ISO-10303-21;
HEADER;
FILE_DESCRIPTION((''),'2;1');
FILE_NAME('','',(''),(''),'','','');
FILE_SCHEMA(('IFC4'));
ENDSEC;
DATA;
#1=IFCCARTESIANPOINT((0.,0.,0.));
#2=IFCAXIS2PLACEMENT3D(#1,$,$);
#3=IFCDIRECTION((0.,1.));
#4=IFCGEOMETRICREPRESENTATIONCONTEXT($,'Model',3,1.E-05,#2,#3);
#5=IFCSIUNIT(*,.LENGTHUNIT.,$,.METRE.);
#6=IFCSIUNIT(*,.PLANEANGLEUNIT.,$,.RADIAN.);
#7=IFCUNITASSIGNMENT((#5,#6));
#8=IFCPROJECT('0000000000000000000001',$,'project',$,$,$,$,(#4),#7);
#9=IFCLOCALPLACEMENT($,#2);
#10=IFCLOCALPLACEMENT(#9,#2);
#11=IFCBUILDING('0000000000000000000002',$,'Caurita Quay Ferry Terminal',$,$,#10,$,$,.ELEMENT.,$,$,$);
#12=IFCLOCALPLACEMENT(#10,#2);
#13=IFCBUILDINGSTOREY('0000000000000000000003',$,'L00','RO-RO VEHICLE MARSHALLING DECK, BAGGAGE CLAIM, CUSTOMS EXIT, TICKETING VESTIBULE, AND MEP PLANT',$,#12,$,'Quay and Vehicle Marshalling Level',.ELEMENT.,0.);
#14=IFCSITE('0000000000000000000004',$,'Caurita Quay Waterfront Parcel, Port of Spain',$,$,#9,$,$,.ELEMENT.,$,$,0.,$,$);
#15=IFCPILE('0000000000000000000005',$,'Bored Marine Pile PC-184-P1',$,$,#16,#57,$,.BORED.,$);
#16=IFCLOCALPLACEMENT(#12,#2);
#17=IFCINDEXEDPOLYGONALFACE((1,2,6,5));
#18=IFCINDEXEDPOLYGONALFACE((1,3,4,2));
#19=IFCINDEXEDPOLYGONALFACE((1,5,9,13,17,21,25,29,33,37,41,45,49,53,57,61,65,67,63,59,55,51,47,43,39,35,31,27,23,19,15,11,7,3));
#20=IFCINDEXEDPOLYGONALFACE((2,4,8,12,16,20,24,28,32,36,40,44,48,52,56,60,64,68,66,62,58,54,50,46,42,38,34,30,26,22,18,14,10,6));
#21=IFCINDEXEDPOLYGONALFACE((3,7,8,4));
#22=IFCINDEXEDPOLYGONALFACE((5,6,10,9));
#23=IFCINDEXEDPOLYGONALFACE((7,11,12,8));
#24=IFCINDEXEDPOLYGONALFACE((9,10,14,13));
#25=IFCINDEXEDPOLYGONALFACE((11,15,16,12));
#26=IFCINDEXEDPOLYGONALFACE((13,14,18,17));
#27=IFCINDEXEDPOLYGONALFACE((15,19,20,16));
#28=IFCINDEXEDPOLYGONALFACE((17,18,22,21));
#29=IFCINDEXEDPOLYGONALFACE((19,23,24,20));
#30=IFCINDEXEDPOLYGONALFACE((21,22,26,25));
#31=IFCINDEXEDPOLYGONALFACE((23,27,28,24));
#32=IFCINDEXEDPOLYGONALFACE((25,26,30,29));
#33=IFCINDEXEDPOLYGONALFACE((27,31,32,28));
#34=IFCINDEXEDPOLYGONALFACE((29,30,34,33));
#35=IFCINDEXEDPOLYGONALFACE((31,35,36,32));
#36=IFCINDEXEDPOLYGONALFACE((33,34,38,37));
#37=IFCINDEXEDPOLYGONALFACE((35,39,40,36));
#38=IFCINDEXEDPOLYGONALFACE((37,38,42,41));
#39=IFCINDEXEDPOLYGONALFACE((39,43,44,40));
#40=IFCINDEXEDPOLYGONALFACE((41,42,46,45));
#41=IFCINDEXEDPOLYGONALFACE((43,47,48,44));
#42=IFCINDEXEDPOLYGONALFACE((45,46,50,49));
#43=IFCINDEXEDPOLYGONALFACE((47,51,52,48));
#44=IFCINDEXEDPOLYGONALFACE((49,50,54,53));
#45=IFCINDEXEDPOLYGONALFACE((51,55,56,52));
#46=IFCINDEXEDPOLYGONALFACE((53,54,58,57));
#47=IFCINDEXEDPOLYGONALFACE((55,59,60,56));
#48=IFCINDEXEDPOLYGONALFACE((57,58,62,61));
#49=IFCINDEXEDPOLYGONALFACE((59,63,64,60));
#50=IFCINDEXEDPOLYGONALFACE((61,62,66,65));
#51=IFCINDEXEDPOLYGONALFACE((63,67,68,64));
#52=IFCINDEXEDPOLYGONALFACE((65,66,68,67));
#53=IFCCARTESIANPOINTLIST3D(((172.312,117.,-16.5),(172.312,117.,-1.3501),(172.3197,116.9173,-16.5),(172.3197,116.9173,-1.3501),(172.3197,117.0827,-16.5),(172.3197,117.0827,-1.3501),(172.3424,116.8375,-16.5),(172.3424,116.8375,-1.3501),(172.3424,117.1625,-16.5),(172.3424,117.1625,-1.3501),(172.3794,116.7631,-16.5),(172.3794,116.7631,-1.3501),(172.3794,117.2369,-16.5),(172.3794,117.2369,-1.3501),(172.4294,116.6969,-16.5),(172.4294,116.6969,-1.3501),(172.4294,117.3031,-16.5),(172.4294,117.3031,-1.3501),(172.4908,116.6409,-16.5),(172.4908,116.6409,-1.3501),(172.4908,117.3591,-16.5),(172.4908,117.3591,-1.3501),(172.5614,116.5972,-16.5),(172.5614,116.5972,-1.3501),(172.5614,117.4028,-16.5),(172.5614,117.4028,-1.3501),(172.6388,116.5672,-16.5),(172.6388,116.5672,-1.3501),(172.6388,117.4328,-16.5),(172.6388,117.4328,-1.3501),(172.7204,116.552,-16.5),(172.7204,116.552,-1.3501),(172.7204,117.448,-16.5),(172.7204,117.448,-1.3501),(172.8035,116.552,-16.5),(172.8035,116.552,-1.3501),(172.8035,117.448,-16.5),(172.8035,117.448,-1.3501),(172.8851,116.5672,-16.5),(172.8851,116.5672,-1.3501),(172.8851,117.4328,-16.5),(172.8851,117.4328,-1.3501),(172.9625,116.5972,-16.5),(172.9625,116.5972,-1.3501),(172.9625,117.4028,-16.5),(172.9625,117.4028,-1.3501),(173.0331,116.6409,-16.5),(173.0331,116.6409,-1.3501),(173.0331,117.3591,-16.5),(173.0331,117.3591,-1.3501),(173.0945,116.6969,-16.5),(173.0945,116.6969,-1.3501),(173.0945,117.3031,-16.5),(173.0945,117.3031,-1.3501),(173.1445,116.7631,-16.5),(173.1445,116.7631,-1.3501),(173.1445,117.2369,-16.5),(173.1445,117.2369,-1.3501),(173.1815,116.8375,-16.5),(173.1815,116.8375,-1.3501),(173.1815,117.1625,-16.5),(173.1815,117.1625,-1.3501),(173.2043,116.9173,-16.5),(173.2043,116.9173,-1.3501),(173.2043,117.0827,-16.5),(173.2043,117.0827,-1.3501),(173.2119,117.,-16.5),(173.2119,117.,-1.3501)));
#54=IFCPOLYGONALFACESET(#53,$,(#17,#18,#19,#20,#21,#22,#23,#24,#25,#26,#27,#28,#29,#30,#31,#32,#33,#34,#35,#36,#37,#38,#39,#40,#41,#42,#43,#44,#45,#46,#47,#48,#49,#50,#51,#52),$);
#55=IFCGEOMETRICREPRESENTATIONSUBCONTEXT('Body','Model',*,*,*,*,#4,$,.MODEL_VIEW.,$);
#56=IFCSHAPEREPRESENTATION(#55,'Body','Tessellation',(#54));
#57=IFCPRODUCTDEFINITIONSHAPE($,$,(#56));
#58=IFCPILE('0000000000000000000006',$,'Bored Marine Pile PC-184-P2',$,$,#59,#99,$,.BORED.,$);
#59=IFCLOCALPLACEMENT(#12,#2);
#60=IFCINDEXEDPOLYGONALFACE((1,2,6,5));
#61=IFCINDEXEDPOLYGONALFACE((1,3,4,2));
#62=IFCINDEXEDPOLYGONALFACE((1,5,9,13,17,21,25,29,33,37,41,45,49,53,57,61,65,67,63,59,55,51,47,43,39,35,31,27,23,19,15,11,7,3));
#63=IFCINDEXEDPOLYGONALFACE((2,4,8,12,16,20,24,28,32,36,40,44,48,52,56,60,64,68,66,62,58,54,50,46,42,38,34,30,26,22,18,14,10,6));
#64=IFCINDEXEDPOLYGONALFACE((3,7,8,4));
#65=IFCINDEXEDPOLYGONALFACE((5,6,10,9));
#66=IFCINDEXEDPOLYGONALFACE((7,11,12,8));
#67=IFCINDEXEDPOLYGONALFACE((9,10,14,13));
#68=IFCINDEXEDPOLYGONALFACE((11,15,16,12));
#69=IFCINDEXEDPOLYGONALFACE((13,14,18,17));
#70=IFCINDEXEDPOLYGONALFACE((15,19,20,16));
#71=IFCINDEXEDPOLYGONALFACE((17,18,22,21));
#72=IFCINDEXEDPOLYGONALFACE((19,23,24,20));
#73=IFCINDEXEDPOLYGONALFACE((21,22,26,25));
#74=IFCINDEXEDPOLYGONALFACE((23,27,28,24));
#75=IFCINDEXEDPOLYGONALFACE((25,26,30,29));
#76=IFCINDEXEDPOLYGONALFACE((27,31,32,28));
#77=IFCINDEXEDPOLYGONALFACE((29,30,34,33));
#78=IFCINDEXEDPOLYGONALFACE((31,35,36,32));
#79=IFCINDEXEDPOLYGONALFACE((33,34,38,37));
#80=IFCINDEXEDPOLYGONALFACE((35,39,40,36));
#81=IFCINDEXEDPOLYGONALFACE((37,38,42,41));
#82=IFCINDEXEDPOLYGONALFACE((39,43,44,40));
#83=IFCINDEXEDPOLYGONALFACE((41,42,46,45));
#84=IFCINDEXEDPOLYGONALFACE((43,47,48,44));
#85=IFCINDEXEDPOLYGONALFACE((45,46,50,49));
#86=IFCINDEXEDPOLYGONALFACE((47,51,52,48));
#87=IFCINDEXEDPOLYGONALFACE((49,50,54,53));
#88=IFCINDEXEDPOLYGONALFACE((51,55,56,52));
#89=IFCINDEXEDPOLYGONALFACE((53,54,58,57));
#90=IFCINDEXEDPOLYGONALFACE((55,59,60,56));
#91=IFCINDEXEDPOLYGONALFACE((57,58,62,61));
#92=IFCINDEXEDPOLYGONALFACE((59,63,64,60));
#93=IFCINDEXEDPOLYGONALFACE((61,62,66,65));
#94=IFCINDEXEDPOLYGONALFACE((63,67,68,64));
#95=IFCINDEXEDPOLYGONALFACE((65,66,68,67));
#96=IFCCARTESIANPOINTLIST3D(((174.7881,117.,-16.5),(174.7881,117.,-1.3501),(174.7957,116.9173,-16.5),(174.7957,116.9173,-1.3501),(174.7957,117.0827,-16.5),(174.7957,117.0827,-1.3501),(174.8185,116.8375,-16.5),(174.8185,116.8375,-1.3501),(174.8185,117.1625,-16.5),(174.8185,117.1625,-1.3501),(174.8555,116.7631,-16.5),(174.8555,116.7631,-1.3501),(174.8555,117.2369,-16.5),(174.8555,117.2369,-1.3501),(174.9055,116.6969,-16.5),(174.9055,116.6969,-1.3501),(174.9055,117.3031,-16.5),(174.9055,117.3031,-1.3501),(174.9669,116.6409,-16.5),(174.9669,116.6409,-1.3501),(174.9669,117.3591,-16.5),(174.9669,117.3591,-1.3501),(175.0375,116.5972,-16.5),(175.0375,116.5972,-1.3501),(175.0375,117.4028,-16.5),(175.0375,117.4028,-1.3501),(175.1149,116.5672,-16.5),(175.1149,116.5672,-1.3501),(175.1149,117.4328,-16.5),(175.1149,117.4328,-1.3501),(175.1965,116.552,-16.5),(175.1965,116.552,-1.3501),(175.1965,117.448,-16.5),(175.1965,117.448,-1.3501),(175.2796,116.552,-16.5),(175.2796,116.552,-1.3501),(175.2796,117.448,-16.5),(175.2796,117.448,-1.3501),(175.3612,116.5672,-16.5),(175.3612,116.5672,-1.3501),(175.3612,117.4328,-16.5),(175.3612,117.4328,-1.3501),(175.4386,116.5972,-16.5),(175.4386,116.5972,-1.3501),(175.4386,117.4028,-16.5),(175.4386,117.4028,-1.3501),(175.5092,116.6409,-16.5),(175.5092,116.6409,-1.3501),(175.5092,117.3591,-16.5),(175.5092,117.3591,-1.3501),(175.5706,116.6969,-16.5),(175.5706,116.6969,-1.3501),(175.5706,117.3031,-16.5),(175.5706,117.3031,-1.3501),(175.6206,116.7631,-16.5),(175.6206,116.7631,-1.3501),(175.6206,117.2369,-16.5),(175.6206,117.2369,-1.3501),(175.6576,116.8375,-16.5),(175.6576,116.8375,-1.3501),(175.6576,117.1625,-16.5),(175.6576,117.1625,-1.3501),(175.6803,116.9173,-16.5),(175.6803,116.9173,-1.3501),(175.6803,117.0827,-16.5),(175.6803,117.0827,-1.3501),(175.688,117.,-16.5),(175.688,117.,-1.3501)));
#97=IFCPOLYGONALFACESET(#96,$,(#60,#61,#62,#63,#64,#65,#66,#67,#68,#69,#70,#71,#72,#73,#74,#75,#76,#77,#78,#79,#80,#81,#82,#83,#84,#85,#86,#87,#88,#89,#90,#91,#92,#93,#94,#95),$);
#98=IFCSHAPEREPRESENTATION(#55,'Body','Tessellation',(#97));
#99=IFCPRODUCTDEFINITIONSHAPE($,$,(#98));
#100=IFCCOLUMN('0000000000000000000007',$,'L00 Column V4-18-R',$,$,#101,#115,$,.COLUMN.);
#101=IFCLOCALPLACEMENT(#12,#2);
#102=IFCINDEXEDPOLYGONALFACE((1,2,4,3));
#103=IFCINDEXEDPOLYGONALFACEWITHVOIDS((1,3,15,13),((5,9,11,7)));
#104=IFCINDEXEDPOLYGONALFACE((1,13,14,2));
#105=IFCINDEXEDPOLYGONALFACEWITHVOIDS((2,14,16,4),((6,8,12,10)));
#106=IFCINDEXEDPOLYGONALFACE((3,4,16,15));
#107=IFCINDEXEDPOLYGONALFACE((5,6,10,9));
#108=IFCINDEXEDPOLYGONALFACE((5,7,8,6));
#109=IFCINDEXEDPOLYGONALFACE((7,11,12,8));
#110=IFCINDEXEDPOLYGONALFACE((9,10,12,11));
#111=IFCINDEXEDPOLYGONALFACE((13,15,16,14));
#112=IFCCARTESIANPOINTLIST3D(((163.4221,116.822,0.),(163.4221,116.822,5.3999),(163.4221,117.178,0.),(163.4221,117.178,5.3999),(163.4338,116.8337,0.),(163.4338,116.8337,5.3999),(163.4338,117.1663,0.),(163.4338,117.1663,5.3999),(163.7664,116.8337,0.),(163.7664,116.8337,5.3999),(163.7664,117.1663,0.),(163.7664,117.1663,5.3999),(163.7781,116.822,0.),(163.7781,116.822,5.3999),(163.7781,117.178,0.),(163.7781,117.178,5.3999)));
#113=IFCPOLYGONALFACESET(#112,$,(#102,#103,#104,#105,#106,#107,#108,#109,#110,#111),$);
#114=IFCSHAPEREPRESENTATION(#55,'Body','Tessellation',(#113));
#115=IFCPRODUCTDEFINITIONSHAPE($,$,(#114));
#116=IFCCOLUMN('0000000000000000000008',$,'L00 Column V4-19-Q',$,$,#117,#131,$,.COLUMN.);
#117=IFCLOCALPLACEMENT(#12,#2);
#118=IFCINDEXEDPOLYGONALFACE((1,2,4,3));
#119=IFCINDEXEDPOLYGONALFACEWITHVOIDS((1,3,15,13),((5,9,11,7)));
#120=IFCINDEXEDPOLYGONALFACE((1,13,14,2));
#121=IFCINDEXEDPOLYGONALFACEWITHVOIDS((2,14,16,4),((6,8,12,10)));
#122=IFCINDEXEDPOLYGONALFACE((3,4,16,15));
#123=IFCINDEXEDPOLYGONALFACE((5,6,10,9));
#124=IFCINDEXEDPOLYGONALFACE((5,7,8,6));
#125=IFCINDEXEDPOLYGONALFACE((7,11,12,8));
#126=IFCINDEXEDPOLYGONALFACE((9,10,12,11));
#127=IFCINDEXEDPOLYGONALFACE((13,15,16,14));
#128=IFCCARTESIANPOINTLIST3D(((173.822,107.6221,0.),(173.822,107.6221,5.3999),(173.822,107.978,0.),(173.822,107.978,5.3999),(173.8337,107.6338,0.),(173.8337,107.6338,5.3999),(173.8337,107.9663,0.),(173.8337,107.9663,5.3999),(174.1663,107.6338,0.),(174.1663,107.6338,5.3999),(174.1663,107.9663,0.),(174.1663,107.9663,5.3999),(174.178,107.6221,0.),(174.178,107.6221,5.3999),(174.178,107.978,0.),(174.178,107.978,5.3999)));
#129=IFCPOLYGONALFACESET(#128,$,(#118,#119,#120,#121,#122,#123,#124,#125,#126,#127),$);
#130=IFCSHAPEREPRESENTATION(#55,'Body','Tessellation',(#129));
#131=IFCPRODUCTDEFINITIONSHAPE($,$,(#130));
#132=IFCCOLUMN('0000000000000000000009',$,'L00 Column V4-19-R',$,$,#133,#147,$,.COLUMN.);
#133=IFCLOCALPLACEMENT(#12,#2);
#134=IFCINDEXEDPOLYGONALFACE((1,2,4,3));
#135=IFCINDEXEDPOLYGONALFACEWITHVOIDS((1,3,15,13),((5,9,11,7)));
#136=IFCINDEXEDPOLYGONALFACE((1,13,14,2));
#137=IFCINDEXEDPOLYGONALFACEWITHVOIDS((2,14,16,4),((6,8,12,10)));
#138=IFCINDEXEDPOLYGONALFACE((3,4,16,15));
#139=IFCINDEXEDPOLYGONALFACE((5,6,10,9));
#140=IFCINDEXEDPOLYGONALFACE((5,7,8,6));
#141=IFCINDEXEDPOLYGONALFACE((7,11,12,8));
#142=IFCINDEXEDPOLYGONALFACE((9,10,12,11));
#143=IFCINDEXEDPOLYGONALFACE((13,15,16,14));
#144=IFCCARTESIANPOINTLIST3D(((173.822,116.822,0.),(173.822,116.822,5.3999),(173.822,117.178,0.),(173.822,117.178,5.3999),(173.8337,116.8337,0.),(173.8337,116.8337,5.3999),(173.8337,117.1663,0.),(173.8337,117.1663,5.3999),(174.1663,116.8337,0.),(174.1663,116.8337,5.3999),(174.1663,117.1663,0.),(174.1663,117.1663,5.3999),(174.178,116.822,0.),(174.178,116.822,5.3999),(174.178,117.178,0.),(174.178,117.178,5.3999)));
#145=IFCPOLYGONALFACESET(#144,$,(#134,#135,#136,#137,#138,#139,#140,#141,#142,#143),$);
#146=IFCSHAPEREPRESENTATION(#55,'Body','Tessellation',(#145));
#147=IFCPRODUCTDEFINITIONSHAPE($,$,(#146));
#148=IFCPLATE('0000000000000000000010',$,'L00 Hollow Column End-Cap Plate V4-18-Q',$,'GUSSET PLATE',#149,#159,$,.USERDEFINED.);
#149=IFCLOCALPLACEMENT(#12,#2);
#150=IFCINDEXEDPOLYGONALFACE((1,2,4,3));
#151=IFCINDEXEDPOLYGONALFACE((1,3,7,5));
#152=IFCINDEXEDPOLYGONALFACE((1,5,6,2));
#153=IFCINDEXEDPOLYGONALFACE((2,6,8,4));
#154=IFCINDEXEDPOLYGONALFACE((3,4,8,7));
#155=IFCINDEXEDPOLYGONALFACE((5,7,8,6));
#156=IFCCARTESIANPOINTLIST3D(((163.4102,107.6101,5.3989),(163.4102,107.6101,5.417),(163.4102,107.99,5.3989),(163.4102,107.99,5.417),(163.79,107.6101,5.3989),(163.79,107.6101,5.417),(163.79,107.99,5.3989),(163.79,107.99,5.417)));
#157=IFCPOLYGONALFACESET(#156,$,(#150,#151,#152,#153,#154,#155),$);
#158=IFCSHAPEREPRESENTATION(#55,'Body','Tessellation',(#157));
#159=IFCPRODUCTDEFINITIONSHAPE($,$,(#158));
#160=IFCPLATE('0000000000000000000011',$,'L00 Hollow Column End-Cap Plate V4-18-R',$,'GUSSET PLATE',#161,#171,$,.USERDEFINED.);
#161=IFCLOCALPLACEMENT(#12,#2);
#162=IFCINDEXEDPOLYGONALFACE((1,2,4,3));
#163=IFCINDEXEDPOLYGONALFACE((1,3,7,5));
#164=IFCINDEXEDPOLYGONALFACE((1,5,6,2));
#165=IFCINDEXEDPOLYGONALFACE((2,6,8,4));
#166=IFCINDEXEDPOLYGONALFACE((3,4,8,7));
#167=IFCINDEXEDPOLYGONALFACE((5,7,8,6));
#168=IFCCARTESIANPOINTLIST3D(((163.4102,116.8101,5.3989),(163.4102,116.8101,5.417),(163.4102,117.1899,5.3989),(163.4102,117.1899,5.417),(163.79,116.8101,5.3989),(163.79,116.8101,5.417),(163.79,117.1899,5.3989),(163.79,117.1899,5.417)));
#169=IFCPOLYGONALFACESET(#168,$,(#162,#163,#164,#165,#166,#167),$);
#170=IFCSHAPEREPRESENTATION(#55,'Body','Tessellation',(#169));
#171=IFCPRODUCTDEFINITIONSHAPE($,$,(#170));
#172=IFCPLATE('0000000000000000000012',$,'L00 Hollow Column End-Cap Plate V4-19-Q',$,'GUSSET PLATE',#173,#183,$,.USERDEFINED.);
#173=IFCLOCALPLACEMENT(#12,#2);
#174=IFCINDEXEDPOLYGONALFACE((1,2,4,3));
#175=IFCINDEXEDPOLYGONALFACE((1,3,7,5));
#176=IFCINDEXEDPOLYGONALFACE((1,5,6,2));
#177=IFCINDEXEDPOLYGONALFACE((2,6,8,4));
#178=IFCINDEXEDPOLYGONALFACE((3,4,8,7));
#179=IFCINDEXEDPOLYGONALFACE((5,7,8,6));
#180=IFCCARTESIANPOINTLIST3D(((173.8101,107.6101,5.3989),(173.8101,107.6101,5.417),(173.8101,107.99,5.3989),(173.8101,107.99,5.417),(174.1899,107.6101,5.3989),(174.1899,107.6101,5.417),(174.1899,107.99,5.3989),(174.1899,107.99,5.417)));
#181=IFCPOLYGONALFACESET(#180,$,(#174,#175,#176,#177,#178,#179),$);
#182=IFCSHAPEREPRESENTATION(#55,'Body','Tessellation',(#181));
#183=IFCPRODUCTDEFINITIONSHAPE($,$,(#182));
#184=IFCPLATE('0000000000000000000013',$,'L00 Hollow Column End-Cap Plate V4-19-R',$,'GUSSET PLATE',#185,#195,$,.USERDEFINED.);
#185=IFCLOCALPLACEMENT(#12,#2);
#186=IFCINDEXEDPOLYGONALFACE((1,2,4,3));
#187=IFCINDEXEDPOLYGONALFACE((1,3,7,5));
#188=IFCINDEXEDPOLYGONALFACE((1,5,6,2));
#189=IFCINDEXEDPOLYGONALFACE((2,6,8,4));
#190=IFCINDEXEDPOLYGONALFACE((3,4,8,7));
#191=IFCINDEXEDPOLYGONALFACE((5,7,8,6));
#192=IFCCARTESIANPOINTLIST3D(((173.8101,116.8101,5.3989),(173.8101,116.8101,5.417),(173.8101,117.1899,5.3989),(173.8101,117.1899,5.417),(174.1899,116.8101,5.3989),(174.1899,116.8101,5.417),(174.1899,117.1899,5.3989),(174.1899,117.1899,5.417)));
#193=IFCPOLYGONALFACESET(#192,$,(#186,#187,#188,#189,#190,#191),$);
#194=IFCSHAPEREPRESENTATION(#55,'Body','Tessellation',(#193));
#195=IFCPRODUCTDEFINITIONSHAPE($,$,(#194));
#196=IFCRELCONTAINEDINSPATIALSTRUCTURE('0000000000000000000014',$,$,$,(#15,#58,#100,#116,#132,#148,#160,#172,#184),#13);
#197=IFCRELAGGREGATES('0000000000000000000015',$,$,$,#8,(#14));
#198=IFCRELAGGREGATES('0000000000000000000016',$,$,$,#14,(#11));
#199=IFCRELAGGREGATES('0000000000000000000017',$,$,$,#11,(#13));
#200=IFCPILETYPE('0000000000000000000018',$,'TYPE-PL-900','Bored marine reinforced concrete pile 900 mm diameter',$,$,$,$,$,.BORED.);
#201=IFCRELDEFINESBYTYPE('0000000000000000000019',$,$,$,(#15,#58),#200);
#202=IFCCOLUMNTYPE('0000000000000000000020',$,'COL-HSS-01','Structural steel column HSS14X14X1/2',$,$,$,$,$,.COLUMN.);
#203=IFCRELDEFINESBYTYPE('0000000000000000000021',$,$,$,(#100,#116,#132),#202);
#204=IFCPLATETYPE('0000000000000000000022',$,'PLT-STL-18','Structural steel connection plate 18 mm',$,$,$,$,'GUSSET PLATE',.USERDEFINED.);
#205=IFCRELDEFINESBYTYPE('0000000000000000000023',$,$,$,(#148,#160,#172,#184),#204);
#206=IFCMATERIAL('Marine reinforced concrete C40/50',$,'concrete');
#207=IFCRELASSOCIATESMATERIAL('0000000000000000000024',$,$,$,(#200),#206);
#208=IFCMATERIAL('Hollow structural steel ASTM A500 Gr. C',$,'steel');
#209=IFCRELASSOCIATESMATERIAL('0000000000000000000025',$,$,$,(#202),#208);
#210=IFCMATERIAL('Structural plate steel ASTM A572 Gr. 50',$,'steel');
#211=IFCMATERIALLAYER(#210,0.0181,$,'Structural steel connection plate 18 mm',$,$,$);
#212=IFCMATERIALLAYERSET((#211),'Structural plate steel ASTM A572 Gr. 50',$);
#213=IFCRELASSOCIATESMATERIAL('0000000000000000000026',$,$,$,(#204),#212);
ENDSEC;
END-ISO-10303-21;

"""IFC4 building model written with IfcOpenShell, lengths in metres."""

from ifc_helpers import new_model, si_unit, direction, frame, origin, origin_2d, place, context, subcontext, project, spatial, rectangle, hollow_rectangle, circle, extrude, material, layer, layer_set, material_profile, profile_set, type_object, element, save


model = new_model("IFC4")

# Units and contexts
model_context = context("Model", 3, precision=1e-05, world=origin(), true_north=direction((0.0, 1.0)))
body_context = subcontext(model_context, "Body", "Model", "MODEL_VIEW")
ifc_project = project(units=[si_unit("LENGTHUNIT", "METRE"), si_unit("PLANEANGLEUNIT", "RADIAN")], contexts=[model_context])

# Site, building, storey
site_placement = place(None, origin())
site = spatial("IfcSite", under=ifc_project, at=site_placement, Name="Caurita Quay Waterfront Parcel, Port of Spain", CompositionType="ELEMENT", RefElevation=0.0)
building_placement = place(site_placement, origin())
building = spatial("IfcBuilding", under=site, at=building_placement, Name="Caurita Quay Ferry Terminal", CompositionType="ELEMENT")
storey_placement = place(building_placement, origin())
storey = spatial("IfcBuildingStorey", under=building, at=storey_placement, Name="L00", Description="RO-RO VEHICLE MARSHALLING DECK, BAGGAGE CLAIM, CUSTOMS EXIT, TICKETING VESTIBULE, AND MEP PLANT", LongName="Quay and Vehicle Marshalling Level", CompositionType="ELEMENT", Elevation=0.0)

# Piles
ifc_material_1 = material(Name="Marine reinforced concrete C40/50", Category="concrete")
ifc_material_profile_1 = material_profile(ifc_material_1, circle(Radius=0.45, at=origin_2d()), Name="PILE-D900")
ifc_profile_set_1 = profile_set([ifc_material_profile_1], Name="Marine reinforced concrete C40/50")
pile_type = type_object("IfcPileType", Name="TYPE-PL-900", Description="Bored marine reinforced concrete pile 900 mm diameter", PredefinedType="BORED", material=ifc_profile_set_1)
for number, where, z_axis, x_axis, name in (
    (1, (172.762, 117.0, -1.3501), (0.0, 0.0, -1.0), (1.0, 0.0, 0.0), "Bored Marine Pile PC-184-P1"),
    (2, (175.238, 117.0, -1.3501), (0.0, 0.0, -1.0), (1.0, 0.0, 0.0), "Bored Marine Pile PC-184-P2"),
):
    element("IfcPile", number, at=place(storey_placement, frame(where, z_axis=z_axis, x_axis=x_axis)), inside=storey, type_object=pile_type, Name=name, PredefinedType="BORED", context=body_context, shape_type="SweptSolid", body=[
        extrude(circle(Radius=0.45, at=origin_2d()), origin(), (0.0, 0.0, 1.0), 15.1499),
    ])

# Columns
ifc_material_2 = material(Name="Hollow structural steel ASTM A500 Gr. C", Category="steel")
ifc_material_profile_2 = material_profile(ifc_material_2, hollow_rectangle(XDim=0.356, YDim=0.356, WallThickness=0.0117, at=origin_2d()), Name="HSS14X14X1/2")
ifc_profile_set_2 = profile_set([ifc_material_profile_2], Name="Hollow structural steel ASTM A500 Gr. C")
column_type = type_object("IfcColumnType", Name="COL-HSS-01", Description="Structural steel column HSS14X14X1/2", PredefinedType="COLUMN", material=ifc_profile_set_2)
for number, where, z_axis, x_axis, name in (
    (3, (163.6001, 117.0, 0.0), (0.0, 0.0, 1.0), (1.0, 0.0, 0.0), "L00 Column V4-18-R"),
    (4, (174.0, 107.8, 0.0), (0.0, 0.0, 1.0), (1.0, 0.0, 0.0), "L00 Column V4-19-Q"),
    (5, (174.0, 117.0, 0.0), (0.0, 0.0, 1.0), (1.0, 0.0, 0.0), "L00 Column V4-19-R"),
):
    element("IfcColumn", number, at=place(storey_placement, frame(where, z_axis=z_axis, x_axis=x_axis)), inside=storey, type_object=column_type, Name=name, PredefinedType="COLUMN", context=body_context, shape_type="SweptSolid", body=[
        extrude(hollow_rectangle(XDim=0.356, YDim=0.356, WallThickness=0.0117, at=origin_2d()), origin(), (0.0, 0.0, 1.0), 5.3999),
    ])

# Plates
ifc_material_3 = material(Name="Structural plate steel ASTM A572 Gr. 50", Category="steel")
ifc_layer_1 = layer(ifc_material_3, 0.0181, Name="Structural steel connection plate 18 mm")
ifc_layer_set_1 = layer_set([ifc_layer_1], Name="Structural plate steel ASTM A572 Gr. 50")
plate_type = type_object("IfcPlateType", Name="PLT-STL-18", Description="Structural steel connection plate 18 mm", ElementType="GUSSET PLATE", PredefinedType="USERDEFINED", material=ifc_layer_set_1)
for number, where, z_axis, x_axis, name in (
    (6, (163.6001, 107.8, 5.3989), (0.0, 0.0, 1.0), (1.0, 0.0, 0.0), "L00 Hollow Column End-Cap Plate V4-18-Q"),
    (7, (163.6001, 117.0, 5.3989), (0.0, 0.0, 1.0), (1.0, 0.0, 0.0), "L00 Hollow Column End-Cap Plate V4-18-R"),
    (8, (174.0, 107.8, 5.3989), (0.0, 0.0, 1.0), (1.0, 0.0, 0.0), "L00 Hollow Column End-Cap Plate V4-19-Q"),
    (9, (174.0, 117.0, 5.3989), (0.0, 0.0, 1.0), (1.0, 0.0, 0.0), "L00 Hollow Column End-Cap Plate V4-19-R"),
):
    element("IfcPlate", number, at=place(storey_placement, frame(where, z_axis=z_axis, x_axis=x_axis)), inside=storey, type_object=plate_type, Name=name, ObjectType="GUSSET PLATE", PredefinedType="USERDEFINED", context=body_context, shape_type="SweptSolid", body=[
        extrude(rectangle(XDim=0.3799, YDim=0.3799, at=origin_2d()), origin(), (0.0, 0.0, 1.0), 0.0181),
    ])

save(model, "model.ifc")
